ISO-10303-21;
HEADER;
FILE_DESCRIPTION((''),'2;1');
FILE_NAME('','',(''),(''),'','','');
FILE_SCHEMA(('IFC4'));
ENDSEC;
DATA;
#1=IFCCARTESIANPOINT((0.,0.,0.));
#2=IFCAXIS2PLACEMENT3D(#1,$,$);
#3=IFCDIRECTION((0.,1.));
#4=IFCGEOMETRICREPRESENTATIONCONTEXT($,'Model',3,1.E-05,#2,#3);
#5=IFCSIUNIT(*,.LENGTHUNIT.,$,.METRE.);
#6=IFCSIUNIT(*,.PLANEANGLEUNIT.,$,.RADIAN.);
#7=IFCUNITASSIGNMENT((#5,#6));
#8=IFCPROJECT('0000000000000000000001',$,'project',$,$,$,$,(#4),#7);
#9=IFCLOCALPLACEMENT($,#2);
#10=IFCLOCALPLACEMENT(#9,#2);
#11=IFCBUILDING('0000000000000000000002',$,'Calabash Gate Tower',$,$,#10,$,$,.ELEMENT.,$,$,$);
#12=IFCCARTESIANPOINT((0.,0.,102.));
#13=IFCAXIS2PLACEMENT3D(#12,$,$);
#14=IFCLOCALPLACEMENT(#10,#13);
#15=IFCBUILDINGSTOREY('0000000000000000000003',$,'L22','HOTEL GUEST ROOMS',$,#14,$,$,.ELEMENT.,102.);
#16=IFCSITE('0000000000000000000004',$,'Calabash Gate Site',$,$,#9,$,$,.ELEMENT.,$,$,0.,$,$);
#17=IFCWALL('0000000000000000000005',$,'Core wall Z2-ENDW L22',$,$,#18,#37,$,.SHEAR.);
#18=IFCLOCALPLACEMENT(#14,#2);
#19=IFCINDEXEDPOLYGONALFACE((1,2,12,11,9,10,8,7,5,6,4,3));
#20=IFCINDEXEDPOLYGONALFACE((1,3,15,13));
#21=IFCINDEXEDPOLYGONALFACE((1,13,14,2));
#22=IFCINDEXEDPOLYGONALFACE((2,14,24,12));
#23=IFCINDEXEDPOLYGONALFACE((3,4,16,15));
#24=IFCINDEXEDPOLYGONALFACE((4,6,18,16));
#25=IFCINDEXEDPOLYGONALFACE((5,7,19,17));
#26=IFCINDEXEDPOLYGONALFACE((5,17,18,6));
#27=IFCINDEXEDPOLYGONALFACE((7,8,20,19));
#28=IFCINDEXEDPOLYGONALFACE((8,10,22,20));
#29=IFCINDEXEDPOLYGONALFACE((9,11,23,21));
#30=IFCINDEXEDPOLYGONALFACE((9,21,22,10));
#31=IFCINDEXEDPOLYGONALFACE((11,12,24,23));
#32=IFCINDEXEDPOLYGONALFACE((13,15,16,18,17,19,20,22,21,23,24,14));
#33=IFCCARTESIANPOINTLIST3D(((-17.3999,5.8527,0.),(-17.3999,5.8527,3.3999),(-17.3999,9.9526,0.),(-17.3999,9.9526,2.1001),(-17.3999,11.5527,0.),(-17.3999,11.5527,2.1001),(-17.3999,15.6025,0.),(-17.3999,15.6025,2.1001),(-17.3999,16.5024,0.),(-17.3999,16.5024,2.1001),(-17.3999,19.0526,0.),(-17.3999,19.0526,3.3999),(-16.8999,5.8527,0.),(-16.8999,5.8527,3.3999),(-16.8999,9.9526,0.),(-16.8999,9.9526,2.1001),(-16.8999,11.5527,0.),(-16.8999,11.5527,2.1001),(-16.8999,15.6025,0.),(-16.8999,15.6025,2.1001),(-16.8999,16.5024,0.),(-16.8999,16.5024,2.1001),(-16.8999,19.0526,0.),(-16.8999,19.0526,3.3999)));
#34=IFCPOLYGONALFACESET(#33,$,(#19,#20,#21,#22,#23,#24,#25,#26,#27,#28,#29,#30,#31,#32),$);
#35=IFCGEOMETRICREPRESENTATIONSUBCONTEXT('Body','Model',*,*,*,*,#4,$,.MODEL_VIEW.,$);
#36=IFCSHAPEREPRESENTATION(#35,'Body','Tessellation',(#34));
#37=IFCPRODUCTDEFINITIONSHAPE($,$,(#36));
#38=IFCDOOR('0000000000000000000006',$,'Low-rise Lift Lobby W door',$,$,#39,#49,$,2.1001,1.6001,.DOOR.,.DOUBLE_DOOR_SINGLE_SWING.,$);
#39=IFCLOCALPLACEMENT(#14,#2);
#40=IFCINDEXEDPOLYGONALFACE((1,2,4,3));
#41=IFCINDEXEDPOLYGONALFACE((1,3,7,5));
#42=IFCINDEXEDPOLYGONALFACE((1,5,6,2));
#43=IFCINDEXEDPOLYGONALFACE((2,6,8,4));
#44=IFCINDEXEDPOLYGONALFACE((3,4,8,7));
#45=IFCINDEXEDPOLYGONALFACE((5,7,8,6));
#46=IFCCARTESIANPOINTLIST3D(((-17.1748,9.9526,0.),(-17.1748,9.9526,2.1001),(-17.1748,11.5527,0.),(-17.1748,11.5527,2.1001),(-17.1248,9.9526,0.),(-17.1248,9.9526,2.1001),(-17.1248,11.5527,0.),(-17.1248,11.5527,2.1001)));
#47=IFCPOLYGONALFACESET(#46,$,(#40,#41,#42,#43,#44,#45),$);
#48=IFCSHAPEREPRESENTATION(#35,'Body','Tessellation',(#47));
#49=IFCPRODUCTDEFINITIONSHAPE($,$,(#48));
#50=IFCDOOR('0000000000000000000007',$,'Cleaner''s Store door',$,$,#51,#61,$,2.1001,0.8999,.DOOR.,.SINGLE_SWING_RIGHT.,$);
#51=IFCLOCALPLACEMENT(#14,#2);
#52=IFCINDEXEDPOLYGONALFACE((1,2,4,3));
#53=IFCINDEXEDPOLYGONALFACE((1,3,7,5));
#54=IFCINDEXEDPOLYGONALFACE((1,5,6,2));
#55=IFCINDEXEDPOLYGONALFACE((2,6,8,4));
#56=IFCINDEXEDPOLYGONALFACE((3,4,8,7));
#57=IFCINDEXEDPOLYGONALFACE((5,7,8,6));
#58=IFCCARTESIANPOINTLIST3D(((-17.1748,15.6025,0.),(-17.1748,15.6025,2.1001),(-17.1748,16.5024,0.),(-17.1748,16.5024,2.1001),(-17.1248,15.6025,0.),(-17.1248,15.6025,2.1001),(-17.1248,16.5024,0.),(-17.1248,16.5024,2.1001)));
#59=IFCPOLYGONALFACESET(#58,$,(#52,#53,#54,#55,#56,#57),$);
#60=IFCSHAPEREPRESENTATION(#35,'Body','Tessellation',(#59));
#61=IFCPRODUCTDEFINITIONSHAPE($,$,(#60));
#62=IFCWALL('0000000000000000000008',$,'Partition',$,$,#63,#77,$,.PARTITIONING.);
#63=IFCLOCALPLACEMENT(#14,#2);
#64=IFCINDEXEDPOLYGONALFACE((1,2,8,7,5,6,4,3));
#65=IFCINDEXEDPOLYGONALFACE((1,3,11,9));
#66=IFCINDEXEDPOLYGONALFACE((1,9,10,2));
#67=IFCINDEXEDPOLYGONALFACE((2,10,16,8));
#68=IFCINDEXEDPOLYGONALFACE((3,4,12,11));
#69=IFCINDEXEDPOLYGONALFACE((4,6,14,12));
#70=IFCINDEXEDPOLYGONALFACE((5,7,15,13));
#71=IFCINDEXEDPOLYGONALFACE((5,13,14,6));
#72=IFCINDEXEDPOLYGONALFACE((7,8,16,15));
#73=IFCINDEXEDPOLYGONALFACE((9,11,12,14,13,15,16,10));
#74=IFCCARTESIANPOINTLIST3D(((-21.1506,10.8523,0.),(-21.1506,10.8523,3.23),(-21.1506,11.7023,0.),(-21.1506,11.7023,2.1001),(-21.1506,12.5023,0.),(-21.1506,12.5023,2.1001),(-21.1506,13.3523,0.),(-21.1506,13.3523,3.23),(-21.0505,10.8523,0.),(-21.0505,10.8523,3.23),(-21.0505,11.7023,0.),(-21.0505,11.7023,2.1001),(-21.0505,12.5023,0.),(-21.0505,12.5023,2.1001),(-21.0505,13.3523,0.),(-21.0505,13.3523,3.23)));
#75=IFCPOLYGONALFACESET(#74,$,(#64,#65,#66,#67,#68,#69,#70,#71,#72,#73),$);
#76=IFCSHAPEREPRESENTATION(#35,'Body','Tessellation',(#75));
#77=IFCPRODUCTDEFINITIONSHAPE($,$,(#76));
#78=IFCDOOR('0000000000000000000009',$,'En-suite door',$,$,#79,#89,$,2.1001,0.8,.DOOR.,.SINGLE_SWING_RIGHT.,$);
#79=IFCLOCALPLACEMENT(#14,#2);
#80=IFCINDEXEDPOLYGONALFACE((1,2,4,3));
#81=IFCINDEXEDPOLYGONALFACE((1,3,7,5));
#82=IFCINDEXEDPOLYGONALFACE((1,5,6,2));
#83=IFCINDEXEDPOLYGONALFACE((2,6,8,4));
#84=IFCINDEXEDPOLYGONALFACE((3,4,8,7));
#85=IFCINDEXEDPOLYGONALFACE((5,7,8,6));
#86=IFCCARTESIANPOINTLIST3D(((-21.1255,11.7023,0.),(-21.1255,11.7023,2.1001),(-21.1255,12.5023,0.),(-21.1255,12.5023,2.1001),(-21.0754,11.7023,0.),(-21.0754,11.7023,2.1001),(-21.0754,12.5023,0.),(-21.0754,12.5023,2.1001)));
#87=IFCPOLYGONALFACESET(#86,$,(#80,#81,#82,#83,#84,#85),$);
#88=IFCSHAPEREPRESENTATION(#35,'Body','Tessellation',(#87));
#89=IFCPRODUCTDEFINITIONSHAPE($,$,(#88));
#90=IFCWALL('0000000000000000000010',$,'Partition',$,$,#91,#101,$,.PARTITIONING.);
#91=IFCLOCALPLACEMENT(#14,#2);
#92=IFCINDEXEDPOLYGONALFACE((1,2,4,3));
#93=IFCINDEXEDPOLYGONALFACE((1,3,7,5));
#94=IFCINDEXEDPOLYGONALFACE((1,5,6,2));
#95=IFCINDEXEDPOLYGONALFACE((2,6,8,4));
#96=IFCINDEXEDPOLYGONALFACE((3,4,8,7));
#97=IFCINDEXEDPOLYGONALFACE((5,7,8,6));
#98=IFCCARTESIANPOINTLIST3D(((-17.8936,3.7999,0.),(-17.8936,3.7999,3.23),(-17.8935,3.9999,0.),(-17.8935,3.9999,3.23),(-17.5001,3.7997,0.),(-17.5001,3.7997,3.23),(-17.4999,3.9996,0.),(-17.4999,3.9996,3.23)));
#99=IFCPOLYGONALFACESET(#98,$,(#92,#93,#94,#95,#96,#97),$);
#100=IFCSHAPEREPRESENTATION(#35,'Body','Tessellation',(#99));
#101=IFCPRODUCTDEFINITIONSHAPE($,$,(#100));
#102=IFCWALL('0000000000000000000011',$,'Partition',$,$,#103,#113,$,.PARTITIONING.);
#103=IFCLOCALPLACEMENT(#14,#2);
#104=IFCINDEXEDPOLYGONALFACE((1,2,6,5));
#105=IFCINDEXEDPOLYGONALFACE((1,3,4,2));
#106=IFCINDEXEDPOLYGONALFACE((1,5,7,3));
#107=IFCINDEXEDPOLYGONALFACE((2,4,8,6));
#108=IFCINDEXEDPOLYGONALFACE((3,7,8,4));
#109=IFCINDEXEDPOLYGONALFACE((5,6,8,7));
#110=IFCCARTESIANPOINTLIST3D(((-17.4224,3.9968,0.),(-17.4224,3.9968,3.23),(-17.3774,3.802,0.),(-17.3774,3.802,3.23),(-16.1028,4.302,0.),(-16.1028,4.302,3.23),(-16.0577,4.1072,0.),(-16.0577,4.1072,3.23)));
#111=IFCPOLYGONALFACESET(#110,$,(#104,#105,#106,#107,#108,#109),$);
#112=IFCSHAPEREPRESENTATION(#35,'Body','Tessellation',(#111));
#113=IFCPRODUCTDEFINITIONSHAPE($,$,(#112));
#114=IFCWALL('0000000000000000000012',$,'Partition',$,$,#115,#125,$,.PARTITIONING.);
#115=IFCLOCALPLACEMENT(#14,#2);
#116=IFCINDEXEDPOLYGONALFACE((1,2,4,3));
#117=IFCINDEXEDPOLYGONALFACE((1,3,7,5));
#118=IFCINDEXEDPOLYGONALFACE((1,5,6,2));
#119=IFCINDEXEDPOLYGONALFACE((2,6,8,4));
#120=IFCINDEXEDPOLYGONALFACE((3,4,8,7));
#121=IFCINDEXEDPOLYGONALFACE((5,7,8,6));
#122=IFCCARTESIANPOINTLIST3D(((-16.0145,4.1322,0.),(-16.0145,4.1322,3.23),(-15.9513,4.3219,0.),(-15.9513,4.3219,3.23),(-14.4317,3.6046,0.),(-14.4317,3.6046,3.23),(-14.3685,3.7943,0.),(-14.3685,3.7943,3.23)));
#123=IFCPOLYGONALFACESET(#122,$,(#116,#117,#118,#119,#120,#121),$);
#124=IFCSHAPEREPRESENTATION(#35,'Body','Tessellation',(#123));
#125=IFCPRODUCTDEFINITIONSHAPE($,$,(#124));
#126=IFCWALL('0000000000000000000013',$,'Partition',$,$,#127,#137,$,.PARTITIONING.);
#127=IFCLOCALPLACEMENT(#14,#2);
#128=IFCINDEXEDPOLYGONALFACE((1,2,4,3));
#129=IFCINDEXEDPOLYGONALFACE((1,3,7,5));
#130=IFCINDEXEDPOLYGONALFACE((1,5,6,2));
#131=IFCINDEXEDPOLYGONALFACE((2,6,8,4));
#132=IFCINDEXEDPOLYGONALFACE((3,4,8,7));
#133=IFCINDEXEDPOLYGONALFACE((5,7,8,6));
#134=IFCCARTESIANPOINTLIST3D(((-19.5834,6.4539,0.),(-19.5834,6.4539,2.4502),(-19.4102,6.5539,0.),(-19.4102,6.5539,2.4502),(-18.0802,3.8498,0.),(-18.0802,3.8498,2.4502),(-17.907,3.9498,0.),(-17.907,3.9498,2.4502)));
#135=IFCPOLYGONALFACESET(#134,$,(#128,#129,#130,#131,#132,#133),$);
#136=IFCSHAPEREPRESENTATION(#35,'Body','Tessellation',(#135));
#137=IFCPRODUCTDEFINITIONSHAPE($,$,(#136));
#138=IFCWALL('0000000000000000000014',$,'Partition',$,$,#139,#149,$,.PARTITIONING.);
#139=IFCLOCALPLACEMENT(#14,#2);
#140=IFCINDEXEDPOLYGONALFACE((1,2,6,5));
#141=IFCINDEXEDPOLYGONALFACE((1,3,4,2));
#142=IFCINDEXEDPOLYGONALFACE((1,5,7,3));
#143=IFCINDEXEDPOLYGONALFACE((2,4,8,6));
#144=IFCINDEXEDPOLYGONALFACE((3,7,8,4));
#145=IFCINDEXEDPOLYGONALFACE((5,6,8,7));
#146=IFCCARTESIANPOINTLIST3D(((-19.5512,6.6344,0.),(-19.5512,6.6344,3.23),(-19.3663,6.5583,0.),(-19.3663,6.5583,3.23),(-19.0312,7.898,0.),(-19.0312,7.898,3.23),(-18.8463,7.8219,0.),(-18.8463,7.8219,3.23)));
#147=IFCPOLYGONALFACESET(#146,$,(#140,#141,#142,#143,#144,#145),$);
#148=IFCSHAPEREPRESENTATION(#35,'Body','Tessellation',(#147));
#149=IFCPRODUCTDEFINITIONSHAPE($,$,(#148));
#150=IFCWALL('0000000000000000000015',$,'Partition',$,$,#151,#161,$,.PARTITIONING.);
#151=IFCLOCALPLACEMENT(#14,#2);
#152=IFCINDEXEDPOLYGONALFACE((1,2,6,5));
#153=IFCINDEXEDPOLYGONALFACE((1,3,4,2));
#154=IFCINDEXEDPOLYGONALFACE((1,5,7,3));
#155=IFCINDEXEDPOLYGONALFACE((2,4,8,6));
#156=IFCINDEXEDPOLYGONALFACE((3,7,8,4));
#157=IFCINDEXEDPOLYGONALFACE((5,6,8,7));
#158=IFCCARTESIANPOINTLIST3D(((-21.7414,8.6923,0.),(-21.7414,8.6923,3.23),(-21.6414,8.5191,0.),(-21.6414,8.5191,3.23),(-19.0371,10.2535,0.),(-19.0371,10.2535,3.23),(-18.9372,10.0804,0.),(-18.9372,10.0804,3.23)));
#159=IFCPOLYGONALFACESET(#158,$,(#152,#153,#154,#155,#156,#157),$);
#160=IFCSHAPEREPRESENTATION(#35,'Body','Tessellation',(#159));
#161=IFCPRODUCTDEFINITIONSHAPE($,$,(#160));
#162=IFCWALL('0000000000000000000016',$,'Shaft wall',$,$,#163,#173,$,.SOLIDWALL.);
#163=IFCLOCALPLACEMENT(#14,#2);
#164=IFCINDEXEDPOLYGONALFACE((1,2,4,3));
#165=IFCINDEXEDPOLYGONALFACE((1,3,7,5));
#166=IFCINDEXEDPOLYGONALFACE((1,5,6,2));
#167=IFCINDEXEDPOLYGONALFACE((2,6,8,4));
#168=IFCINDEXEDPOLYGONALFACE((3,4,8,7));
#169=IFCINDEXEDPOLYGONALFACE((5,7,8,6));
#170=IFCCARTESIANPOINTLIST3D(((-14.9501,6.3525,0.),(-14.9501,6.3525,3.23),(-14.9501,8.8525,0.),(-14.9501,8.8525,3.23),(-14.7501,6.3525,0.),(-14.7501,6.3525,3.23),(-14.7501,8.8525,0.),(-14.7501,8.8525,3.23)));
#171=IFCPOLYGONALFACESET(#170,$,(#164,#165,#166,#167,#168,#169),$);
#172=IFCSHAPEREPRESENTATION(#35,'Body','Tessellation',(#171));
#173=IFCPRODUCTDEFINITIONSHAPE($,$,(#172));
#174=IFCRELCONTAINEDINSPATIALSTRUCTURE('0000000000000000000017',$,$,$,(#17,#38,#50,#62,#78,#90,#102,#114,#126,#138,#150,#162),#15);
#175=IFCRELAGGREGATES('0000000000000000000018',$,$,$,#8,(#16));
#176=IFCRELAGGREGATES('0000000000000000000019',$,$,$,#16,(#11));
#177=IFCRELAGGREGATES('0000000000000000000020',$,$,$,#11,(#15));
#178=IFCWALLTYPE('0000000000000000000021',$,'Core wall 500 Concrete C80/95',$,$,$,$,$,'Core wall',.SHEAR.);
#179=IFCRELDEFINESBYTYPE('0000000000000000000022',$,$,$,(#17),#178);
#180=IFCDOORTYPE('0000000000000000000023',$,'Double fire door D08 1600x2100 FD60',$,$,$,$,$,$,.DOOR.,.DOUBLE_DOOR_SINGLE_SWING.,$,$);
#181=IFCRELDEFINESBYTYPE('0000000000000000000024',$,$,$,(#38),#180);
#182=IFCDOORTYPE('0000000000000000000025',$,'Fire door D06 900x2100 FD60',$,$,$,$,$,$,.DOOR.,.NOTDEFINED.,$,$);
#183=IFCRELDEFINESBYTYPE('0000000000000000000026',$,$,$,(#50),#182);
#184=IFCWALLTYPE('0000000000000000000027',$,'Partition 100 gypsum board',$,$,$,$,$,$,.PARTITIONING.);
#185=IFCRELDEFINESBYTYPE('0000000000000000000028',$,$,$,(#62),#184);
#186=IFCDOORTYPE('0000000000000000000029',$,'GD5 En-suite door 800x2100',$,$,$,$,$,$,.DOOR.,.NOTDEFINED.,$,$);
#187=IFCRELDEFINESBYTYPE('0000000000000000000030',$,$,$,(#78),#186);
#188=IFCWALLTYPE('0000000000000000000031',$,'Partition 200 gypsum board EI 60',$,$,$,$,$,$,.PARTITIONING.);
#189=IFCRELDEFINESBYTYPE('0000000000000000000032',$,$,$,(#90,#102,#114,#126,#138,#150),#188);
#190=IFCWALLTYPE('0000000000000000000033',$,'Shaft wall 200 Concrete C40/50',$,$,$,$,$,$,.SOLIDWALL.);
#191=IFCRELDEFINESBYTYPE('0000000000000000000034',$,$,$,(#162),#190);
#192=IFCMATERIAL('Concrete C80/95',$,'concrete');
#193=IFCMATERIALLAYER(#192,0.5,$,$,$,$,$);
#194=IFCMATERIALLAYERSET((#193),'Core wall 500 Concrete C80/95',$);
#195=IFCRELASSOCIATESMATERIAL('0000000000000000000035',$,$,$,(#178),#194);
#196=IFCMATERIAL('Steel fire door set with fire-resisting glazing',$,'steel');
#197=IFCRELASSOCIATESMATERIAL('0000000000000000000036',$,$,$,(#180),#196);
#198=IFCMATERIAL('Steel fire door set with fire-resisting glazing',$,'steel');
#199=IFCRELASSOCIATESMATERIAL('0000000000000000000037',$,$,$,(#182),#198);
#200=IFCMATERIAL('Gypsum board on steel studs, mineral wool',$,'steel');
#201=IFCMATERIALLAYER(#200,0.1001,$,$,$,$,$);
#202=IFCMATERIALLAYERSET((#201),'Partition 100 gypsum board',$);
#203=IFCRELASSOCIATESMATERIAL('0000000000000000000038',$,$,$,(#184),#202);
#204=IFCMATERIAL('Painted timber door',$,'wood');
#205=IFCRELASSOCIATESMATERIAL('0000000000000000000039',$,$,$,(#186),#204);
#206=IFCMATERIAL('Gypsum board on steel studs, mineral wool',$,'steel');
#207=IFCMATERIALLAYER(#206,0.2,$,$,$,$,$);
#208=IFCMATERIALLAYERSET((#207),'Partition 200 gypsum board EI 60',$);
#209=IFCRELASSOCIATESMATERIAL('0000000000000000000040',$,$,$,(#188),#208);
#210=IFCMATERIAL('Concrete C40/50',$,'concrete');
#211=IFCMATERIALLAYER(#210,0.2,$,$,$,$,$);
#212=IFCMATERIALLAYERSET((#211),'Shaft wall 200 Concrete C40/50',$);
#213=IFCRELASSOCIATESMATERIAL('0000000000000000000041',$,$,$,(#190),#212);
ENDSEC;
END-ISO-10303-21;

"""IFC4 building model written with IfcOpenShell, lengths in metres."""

from ifc_helpers import new_model, si_unit, direction, frame, frame_2d, origin, place, context, subcontext, project, spatial, rectangle, extrude, material, layer, layer_set, type_object, element, fill, save


model = new_model("IFC4")

# Units and contexts
model_context = context("Model", 3, precision=1e-05, world=origin(), true_north=direction((0.0, 1.0)))
body_context = subcontext(model_context, "Body", "Model", "MODEL_VIEW")
ifc_project = project(units=[si_unit("LENGTHUNIT", "METRE"), si_unit("PLANEANGLEUNIT", "RADIAN")], contexts=[model_context])

# Site, building, storey
site_placement = place(None, origin())
site = spatial("IfcSite", under=ifc_project, at=site_placement, Name="Calabash Gate Site", CompositionType="ELEMENT", RefElevation=0.0)
building_placement = place(site_placement, origin())
building = spatial("IfcBuilding", under=site, at=building_placement, Name="Calabash Gate Tower", CompositionType="ELEMENT")
storey_placement = place(building_placement, frame((0.0, 0.0, 102.0)))
storey = spatial("IfcBuildingStorey", under=building, at=storey_placement, Name="L22", Description="HOTEL GUEST ROOMS", CompositionType="ELEMENT", Elevation=102.0)

# Wall, openings, doors
ifc_material_1 = material(Name="Concrete C80/95", Category="concrete")
ifc_layer_1 = layer(ifc_material_1, 0.5)
ifc_layer_set_1 = layer_set([ifc_layer_1], Name="Core wall 500 Concrete C80/95")
wall_type_1 = type_object("IfcWallType", Name="Core wall 500 Concrete C80/95", ElementType="Core wall", PredefinedType="SHEAR", material=ifc_layer_set_1)
wall_1_placement = place(storey_placement, frame((-17.1499, 5.8525, 0.0), z_axis=(0.0, 0.0, 1.0), x_axis=(0.0, 1.0, 0.0)))
wall_1 = element("IfcWall", 1, at=wall_1_placement, inside=storey, type_object=wall_type_1, Name="Core wall Z2-ENDW L22", PredefinedType="SHEAR", context=body_context, shape_type="SweptSolid", body=[
    extrude(rectangle(XDim=13.2, YDim=0.5, at=frame_2d((6.6001, 0.0))), origin(), (0.0, 0.0, 1.0), 3.3999),
])
opening_1_placement = place(wall_1_placement, frame((4.1001, 0.0, 0.0)))
opening_1 = element("IfcOpeningElement", 2, at=opening_1_placement, cuts=wall_1, PredefinedType="OPENING", context=body_context, shape_type="SweptSolid", body=[
    extrude(rectangle(XDim=1.6001, YDim=2.1001, at=frame_2d((0.8, 1.05))), frame((0.0, 0.26, 0.0), z_axis=(0.0, -1.0, 0.0), x_axis=(1.0, 0.0, 0.0)), (0.0, 0.0, 1.0), 0.52),
])
opening_2_placement = place(wall_1_placement, frame((9.75, 0.0, 0.0)))
opening_2 = element("IfcOpeningElement", 3, at=opening_2_placement, cuts=wall_1, PredefinedType="OPENING", context=body_context, shape_type="SweptSolid", body=[
    extrude(rectangle(XDim=0.8999, YDim=2.1001, at=frame_2d((0.45, 1.05))), frame((0.0, 0.26, 0.0), z_axis=(0.0, -1.0, 0.0), x_axis=(1.0, 0.0, 0.0)), (0.0, 0.0, 1.0), 0.52),
])
ifc_material_2 = material(Name="Steel fire door set with fire-resisting glazing", Category="steel")
door_type_1 = type_object("IfcDoorType", Name="Double fire door D08 1600x2100 FD60", OperationType="DOUBLE_DOOR_SINGLE_SWING", PredefinedType="DOOR", material=ifc_material_2)
door_1_placement = place(opening_1_placement, origin())
door_1 = element("IfcDoor", 4, at=door_1_placement, inside=storey, type_object=door_type_1, Name="Low-rise Lift Lobby W door", OperationType="DOUBLE_DOOR_SINGLE_SWING", OverallHeight=2.1001, OverallWidth=1.6001, PredefinedType="DOOR", context=body_context, shape_type="SweptSolid", body=[
    extrude(rectangle(XDim=1.6001, YDim=2.1001, at=frame_2d((0.8, 1.05))), frame((0.0, 0.0249, 0.0), z_axis=(0.0, -1.0, 0.0), x_axis=(1.0, 0.0, 0.0)), (0.0, 0.0, 1.0), 0.05),
])
fill(opening_1, door_1)
ifc_material_3 = material(Name="Steel fire door set with fire-resisting glazing", Category="steel")
door_type_2 = type_object("IfcDoorType", Name="Fire door D06 900x2100 FD60", OperationType="NOTDEFINED", PredefinedType="DOOR", material=ifc_material_3)
door_2_placement = place(opening_2_placement, origin())
door_2 = element("IfcDoor", 5, at=door_2_placement, inside=storey, type_object=door_type_2, Name="Cleaner's Store door", OperationType="SINGLE_SWING_RIGHT", OverallHeight=2.1001, OverallWidth=0.8999, PredefinedType="DOOR", context=body_context, shape_type="SweptSolid", body=[
    extrude(rectangle(XDim=0.8999, YDim=2.1001, at=frame_2d((0.45, 1.05))), frame((0.0, 0.0249, 0.0), z_axis=(0.0, -1.0, 0.0), x_axis=(1.0, 0.0, 0.0)), (0.0, 0.0, 1.0), 0.05),
])
fill(opening_2, door_2)

# Wall, opening, door
ifc_material_4 = material(Name="Gypsum board on steel studs, mineral wool", Category="steel")
ifc_layer_2 = layer(ifc_material_4, 0.1001)
ifc_layer_set_2 = layer_set([ifc_layer_2], Name="Partition 100 gypsum board")
wall_type_2 = type_object("IfcWallType", Name="Partition 100 gypsum board", PredefinedType="PARTITIONING", material=ifc_layer_set_2)
wall_2_placement = place(storey_placement, frame((-21.1006, 10.8523, 0.0), z_axis=(0.0, 0.0, 1.0), x_axis=(0.0, 1.0, 0.0)))
wall_2 = element("IfcWall", 6, at=wall_2_placement, inside=storey, type_object=wall_type_2, Name="Partition", PredefinedType="PARTITIONING", context=body_context, shape_type="SweptSolid", body=[
    extrude(rectangle(XDim=2.5, YDim=0.1001, at=frame_2d((1.25, 0.0))), origin(), (0.0, 0.0, 1.0), 3.23),
])
opening_3_placement = place(wall_2_placement, frame((0.8501, 0.0, 0.0)))
opening_3 = element("IfcOpeningElement", 7, at=opening_3_placement, cuts=wall_2, PredefinedType="OPENING", context=body_context, shape_type="SweptSolid", body=[
    extrude(rectangle(XDim=0.8, YDim=2.1001, at=frame_2d((0.3999, 1.05))), frame((0.0, 0.0601, 0.0), z_axis=(0.0, -1.0, 0.0), x_axis=(1.0, 0.0, 0.0)), (0.0, 0.0, 1.0), 0.1201),
])
ifc_material_5 = material(Name="Painted timber door", Category="wood")
door_type_3 = type_object("IfcDoorType", Name="GD5 En-suite door 800x2100", OperationType="NOTDEFINED", PredefinedType="DOOR", material=ifc_material_5)
door_3_placement = place(opening_3_placement, origin())
door_3 = element("IfcDoor", 8, at=door_3_placement, inside=storey, type_object=door_type_3, Name="En-suite door", OperationType="SINGLE_SWING_RIGHT", OverallHeight=2.1001, OverallWidth=0.8, PredefinedType="DOOR", context=body_context, shape_type="SweptSolid", body=[
    extrude(rectangle(XDim=0.8, YDim=2.1001, at=frame_2d((0.3999, 1.05))), frame((0.0, 0.0249, 0.0), z_axis=(0.0, -1.0, 0.0), x_axis=(1.0, 0.0, 0.0)), (0.0, 0.0, 1.0), 0.05),
])
fill(opening_3, door_3)

# Walls
ifc_material_6 = material(Name="Gypsum board on steel studs, mineral wool", Category="steel")
ifc_layer_3 = layer(ifc_material_6, 0.2)
ifc_layer_set_3 = layer_set([ifc_layer_3], Name="Partition 200 gypsum board EI 60")
wall_type_3 = type_object("IfcWallType", Name="Partition 200 gypsum board EI 60", PredefinedType="PARTITIONING", material=ifc_layer_set_3)
wall_3_placement = place(storey_placement, frame((-17.8936, 3.8999, 0.0), z_axis=(0.0, 0.0, 1.0), x_axis=(1.0, -0.00062, 0.0)))
element("IfcWall", 9, at=wall_3_placement, inside=storey, type_object=wall_type_3, Name="Partition", PredefinedType="PARTITIONING", context=body_context, shape_type="SweptSolid", body=[
    extrude(rectangle(XDim=0.3936, YDim=0.2, at=frame_2d((0.1968, 0.0))), origin(), (0.0, 0.0, 1.0), 3.23),
])
wall_4_placement = place(storey_placement, frame((-17.3999, 3.8994, 0.0), z_axis=(0.0, 0.0, 1.0), x_axis=(0.974285, 0.22532, 0.0)))
element("IfcWall", 10, at=wall_4_placement, inside=storey, type_object=wall_type_3, Name="Partition", PredefinedType="PARTITIONING", context=body_context, shape_type="SweptSolid", body=[
    extrude(rectangle(XDim=1.3545, YDim=0.2, at=frame_2d((0.6772, 0.0))), origin(), (0.0, 0.0, 1.0), 3.23),
])
wall_5_placement = place(storey_placement, frame((-15.9829, 4.2271, 0.0), z_axis=(0.0, 0.0, 1.0), x_axis=(0.948683, -0.316228, 0.0)))
element("IfcWall", 11, at=wall_5_placement, inside=storey, type_object=wall_type_3, Name="Partition", PredefinedType="PARTITIONING", context=body_context, shape_type="SweptSolid", body=[
    extrude(rectangle(XDim=1.6685, YDim=0.2, at=frame_2d((0.8342, 0.0))), origin(), (0.0, 0.0, 1.0), 3.23),
])
wall_6_placement = place(storey_placement, frame((-19.4968, 6.5039, 0.0), z_axis=(0.0, 0.0, 1.0), x_axis=(0.499938, -0.866061, 0.0)))
element("IfcWall", 12, at=wall_6_placement, inside=storey, type_object=wall_type_3, Name="Partition", PredefinedType="PARTITIONING", context=body_context, shape_type="SweptSolid", body=[
    extrude(rectangle(XDim=3.0068, YDim=0.2, at=frame_2d((1.5034, 0.0))), origin(), (0.0, 0.0, 1.0), 2.4502),
])
wall_7_placement = place(storey_placement, frame((-19.4587, 6.5964, 0.0), z_axis=(0.0, 0.0, 1.0), x_axis=(0.380552, 0.924759, 0.0)))
element("IfcWall", 13, at=wall_7_placement, inside=storey, type_object=wall_type_3, Name="Partition", PredefinedType="PARTITIONING", context=body_context, shape_type="SweptSolid", body=[
    extrude(rectangle(XDim=1.3665, YDim=0.2, at=frame_2d((0.6831, 0.0))), origin(), (0.0, 0.0, 1.0), 3.23),
])
wall_8_placement = place(storey_placement, frame((-21.6914, 8.6057, 0.0), z_axis=(0.0, 0.0, 1.0), x_axis=(0.866036, 0.499982, 0.0)))
element("IfcWall", 14, at=wall_8_placement, inside=storey, type_object=wall_type_3, Name="Partition", PredefinedType="PARTITIONING", context=body_context, shape_type="SweptSolid", body=[
    extrude(rectangle(XDim=3.1226, YDim=0.2, at=frame_2d((1.5613, 0.0))), origin(), (0.0, 0.0, 1.0), 3.23),
])
ifc_material_7 = material(Name="Concrete C40/50", Category="concrete")
ifc_layer_4 = layer(ifc_material_7, 0.2)
ifc_layer_set_4 = layer_set([ifc_layer_4], Name="Shaft wall 200 Concrete C40/50")
wall_type_4 = type_object("IfcWallType", Name="Shaft wall 200 Concrete C40/50", PredefinedType="SOLIDWALL", material=ifc_layer_set_4)
wall_9_placement = place(storey_placement, frame((-14.8501, 6.3525, 0.0), z_axis=(0.0, 0.0, 1.0), x_axis=(0.0, 1.0, 0.0)))
element("IfcWall", 15, at=wall_9_placement, inside=storey, type_object=wall_type_4, Name="Shaft wall", PredefinedType="SOLIDWALL", context=body_context, shape_type="SweptSolid", body=[
    extrude(rectangle(XDim=2.5, YDim=0.2, at=frame_2d((1.25, 0.0))), origin(), (0.0, 0.0, 1.0), 3.23),
])

save(model, "model.ifc")
